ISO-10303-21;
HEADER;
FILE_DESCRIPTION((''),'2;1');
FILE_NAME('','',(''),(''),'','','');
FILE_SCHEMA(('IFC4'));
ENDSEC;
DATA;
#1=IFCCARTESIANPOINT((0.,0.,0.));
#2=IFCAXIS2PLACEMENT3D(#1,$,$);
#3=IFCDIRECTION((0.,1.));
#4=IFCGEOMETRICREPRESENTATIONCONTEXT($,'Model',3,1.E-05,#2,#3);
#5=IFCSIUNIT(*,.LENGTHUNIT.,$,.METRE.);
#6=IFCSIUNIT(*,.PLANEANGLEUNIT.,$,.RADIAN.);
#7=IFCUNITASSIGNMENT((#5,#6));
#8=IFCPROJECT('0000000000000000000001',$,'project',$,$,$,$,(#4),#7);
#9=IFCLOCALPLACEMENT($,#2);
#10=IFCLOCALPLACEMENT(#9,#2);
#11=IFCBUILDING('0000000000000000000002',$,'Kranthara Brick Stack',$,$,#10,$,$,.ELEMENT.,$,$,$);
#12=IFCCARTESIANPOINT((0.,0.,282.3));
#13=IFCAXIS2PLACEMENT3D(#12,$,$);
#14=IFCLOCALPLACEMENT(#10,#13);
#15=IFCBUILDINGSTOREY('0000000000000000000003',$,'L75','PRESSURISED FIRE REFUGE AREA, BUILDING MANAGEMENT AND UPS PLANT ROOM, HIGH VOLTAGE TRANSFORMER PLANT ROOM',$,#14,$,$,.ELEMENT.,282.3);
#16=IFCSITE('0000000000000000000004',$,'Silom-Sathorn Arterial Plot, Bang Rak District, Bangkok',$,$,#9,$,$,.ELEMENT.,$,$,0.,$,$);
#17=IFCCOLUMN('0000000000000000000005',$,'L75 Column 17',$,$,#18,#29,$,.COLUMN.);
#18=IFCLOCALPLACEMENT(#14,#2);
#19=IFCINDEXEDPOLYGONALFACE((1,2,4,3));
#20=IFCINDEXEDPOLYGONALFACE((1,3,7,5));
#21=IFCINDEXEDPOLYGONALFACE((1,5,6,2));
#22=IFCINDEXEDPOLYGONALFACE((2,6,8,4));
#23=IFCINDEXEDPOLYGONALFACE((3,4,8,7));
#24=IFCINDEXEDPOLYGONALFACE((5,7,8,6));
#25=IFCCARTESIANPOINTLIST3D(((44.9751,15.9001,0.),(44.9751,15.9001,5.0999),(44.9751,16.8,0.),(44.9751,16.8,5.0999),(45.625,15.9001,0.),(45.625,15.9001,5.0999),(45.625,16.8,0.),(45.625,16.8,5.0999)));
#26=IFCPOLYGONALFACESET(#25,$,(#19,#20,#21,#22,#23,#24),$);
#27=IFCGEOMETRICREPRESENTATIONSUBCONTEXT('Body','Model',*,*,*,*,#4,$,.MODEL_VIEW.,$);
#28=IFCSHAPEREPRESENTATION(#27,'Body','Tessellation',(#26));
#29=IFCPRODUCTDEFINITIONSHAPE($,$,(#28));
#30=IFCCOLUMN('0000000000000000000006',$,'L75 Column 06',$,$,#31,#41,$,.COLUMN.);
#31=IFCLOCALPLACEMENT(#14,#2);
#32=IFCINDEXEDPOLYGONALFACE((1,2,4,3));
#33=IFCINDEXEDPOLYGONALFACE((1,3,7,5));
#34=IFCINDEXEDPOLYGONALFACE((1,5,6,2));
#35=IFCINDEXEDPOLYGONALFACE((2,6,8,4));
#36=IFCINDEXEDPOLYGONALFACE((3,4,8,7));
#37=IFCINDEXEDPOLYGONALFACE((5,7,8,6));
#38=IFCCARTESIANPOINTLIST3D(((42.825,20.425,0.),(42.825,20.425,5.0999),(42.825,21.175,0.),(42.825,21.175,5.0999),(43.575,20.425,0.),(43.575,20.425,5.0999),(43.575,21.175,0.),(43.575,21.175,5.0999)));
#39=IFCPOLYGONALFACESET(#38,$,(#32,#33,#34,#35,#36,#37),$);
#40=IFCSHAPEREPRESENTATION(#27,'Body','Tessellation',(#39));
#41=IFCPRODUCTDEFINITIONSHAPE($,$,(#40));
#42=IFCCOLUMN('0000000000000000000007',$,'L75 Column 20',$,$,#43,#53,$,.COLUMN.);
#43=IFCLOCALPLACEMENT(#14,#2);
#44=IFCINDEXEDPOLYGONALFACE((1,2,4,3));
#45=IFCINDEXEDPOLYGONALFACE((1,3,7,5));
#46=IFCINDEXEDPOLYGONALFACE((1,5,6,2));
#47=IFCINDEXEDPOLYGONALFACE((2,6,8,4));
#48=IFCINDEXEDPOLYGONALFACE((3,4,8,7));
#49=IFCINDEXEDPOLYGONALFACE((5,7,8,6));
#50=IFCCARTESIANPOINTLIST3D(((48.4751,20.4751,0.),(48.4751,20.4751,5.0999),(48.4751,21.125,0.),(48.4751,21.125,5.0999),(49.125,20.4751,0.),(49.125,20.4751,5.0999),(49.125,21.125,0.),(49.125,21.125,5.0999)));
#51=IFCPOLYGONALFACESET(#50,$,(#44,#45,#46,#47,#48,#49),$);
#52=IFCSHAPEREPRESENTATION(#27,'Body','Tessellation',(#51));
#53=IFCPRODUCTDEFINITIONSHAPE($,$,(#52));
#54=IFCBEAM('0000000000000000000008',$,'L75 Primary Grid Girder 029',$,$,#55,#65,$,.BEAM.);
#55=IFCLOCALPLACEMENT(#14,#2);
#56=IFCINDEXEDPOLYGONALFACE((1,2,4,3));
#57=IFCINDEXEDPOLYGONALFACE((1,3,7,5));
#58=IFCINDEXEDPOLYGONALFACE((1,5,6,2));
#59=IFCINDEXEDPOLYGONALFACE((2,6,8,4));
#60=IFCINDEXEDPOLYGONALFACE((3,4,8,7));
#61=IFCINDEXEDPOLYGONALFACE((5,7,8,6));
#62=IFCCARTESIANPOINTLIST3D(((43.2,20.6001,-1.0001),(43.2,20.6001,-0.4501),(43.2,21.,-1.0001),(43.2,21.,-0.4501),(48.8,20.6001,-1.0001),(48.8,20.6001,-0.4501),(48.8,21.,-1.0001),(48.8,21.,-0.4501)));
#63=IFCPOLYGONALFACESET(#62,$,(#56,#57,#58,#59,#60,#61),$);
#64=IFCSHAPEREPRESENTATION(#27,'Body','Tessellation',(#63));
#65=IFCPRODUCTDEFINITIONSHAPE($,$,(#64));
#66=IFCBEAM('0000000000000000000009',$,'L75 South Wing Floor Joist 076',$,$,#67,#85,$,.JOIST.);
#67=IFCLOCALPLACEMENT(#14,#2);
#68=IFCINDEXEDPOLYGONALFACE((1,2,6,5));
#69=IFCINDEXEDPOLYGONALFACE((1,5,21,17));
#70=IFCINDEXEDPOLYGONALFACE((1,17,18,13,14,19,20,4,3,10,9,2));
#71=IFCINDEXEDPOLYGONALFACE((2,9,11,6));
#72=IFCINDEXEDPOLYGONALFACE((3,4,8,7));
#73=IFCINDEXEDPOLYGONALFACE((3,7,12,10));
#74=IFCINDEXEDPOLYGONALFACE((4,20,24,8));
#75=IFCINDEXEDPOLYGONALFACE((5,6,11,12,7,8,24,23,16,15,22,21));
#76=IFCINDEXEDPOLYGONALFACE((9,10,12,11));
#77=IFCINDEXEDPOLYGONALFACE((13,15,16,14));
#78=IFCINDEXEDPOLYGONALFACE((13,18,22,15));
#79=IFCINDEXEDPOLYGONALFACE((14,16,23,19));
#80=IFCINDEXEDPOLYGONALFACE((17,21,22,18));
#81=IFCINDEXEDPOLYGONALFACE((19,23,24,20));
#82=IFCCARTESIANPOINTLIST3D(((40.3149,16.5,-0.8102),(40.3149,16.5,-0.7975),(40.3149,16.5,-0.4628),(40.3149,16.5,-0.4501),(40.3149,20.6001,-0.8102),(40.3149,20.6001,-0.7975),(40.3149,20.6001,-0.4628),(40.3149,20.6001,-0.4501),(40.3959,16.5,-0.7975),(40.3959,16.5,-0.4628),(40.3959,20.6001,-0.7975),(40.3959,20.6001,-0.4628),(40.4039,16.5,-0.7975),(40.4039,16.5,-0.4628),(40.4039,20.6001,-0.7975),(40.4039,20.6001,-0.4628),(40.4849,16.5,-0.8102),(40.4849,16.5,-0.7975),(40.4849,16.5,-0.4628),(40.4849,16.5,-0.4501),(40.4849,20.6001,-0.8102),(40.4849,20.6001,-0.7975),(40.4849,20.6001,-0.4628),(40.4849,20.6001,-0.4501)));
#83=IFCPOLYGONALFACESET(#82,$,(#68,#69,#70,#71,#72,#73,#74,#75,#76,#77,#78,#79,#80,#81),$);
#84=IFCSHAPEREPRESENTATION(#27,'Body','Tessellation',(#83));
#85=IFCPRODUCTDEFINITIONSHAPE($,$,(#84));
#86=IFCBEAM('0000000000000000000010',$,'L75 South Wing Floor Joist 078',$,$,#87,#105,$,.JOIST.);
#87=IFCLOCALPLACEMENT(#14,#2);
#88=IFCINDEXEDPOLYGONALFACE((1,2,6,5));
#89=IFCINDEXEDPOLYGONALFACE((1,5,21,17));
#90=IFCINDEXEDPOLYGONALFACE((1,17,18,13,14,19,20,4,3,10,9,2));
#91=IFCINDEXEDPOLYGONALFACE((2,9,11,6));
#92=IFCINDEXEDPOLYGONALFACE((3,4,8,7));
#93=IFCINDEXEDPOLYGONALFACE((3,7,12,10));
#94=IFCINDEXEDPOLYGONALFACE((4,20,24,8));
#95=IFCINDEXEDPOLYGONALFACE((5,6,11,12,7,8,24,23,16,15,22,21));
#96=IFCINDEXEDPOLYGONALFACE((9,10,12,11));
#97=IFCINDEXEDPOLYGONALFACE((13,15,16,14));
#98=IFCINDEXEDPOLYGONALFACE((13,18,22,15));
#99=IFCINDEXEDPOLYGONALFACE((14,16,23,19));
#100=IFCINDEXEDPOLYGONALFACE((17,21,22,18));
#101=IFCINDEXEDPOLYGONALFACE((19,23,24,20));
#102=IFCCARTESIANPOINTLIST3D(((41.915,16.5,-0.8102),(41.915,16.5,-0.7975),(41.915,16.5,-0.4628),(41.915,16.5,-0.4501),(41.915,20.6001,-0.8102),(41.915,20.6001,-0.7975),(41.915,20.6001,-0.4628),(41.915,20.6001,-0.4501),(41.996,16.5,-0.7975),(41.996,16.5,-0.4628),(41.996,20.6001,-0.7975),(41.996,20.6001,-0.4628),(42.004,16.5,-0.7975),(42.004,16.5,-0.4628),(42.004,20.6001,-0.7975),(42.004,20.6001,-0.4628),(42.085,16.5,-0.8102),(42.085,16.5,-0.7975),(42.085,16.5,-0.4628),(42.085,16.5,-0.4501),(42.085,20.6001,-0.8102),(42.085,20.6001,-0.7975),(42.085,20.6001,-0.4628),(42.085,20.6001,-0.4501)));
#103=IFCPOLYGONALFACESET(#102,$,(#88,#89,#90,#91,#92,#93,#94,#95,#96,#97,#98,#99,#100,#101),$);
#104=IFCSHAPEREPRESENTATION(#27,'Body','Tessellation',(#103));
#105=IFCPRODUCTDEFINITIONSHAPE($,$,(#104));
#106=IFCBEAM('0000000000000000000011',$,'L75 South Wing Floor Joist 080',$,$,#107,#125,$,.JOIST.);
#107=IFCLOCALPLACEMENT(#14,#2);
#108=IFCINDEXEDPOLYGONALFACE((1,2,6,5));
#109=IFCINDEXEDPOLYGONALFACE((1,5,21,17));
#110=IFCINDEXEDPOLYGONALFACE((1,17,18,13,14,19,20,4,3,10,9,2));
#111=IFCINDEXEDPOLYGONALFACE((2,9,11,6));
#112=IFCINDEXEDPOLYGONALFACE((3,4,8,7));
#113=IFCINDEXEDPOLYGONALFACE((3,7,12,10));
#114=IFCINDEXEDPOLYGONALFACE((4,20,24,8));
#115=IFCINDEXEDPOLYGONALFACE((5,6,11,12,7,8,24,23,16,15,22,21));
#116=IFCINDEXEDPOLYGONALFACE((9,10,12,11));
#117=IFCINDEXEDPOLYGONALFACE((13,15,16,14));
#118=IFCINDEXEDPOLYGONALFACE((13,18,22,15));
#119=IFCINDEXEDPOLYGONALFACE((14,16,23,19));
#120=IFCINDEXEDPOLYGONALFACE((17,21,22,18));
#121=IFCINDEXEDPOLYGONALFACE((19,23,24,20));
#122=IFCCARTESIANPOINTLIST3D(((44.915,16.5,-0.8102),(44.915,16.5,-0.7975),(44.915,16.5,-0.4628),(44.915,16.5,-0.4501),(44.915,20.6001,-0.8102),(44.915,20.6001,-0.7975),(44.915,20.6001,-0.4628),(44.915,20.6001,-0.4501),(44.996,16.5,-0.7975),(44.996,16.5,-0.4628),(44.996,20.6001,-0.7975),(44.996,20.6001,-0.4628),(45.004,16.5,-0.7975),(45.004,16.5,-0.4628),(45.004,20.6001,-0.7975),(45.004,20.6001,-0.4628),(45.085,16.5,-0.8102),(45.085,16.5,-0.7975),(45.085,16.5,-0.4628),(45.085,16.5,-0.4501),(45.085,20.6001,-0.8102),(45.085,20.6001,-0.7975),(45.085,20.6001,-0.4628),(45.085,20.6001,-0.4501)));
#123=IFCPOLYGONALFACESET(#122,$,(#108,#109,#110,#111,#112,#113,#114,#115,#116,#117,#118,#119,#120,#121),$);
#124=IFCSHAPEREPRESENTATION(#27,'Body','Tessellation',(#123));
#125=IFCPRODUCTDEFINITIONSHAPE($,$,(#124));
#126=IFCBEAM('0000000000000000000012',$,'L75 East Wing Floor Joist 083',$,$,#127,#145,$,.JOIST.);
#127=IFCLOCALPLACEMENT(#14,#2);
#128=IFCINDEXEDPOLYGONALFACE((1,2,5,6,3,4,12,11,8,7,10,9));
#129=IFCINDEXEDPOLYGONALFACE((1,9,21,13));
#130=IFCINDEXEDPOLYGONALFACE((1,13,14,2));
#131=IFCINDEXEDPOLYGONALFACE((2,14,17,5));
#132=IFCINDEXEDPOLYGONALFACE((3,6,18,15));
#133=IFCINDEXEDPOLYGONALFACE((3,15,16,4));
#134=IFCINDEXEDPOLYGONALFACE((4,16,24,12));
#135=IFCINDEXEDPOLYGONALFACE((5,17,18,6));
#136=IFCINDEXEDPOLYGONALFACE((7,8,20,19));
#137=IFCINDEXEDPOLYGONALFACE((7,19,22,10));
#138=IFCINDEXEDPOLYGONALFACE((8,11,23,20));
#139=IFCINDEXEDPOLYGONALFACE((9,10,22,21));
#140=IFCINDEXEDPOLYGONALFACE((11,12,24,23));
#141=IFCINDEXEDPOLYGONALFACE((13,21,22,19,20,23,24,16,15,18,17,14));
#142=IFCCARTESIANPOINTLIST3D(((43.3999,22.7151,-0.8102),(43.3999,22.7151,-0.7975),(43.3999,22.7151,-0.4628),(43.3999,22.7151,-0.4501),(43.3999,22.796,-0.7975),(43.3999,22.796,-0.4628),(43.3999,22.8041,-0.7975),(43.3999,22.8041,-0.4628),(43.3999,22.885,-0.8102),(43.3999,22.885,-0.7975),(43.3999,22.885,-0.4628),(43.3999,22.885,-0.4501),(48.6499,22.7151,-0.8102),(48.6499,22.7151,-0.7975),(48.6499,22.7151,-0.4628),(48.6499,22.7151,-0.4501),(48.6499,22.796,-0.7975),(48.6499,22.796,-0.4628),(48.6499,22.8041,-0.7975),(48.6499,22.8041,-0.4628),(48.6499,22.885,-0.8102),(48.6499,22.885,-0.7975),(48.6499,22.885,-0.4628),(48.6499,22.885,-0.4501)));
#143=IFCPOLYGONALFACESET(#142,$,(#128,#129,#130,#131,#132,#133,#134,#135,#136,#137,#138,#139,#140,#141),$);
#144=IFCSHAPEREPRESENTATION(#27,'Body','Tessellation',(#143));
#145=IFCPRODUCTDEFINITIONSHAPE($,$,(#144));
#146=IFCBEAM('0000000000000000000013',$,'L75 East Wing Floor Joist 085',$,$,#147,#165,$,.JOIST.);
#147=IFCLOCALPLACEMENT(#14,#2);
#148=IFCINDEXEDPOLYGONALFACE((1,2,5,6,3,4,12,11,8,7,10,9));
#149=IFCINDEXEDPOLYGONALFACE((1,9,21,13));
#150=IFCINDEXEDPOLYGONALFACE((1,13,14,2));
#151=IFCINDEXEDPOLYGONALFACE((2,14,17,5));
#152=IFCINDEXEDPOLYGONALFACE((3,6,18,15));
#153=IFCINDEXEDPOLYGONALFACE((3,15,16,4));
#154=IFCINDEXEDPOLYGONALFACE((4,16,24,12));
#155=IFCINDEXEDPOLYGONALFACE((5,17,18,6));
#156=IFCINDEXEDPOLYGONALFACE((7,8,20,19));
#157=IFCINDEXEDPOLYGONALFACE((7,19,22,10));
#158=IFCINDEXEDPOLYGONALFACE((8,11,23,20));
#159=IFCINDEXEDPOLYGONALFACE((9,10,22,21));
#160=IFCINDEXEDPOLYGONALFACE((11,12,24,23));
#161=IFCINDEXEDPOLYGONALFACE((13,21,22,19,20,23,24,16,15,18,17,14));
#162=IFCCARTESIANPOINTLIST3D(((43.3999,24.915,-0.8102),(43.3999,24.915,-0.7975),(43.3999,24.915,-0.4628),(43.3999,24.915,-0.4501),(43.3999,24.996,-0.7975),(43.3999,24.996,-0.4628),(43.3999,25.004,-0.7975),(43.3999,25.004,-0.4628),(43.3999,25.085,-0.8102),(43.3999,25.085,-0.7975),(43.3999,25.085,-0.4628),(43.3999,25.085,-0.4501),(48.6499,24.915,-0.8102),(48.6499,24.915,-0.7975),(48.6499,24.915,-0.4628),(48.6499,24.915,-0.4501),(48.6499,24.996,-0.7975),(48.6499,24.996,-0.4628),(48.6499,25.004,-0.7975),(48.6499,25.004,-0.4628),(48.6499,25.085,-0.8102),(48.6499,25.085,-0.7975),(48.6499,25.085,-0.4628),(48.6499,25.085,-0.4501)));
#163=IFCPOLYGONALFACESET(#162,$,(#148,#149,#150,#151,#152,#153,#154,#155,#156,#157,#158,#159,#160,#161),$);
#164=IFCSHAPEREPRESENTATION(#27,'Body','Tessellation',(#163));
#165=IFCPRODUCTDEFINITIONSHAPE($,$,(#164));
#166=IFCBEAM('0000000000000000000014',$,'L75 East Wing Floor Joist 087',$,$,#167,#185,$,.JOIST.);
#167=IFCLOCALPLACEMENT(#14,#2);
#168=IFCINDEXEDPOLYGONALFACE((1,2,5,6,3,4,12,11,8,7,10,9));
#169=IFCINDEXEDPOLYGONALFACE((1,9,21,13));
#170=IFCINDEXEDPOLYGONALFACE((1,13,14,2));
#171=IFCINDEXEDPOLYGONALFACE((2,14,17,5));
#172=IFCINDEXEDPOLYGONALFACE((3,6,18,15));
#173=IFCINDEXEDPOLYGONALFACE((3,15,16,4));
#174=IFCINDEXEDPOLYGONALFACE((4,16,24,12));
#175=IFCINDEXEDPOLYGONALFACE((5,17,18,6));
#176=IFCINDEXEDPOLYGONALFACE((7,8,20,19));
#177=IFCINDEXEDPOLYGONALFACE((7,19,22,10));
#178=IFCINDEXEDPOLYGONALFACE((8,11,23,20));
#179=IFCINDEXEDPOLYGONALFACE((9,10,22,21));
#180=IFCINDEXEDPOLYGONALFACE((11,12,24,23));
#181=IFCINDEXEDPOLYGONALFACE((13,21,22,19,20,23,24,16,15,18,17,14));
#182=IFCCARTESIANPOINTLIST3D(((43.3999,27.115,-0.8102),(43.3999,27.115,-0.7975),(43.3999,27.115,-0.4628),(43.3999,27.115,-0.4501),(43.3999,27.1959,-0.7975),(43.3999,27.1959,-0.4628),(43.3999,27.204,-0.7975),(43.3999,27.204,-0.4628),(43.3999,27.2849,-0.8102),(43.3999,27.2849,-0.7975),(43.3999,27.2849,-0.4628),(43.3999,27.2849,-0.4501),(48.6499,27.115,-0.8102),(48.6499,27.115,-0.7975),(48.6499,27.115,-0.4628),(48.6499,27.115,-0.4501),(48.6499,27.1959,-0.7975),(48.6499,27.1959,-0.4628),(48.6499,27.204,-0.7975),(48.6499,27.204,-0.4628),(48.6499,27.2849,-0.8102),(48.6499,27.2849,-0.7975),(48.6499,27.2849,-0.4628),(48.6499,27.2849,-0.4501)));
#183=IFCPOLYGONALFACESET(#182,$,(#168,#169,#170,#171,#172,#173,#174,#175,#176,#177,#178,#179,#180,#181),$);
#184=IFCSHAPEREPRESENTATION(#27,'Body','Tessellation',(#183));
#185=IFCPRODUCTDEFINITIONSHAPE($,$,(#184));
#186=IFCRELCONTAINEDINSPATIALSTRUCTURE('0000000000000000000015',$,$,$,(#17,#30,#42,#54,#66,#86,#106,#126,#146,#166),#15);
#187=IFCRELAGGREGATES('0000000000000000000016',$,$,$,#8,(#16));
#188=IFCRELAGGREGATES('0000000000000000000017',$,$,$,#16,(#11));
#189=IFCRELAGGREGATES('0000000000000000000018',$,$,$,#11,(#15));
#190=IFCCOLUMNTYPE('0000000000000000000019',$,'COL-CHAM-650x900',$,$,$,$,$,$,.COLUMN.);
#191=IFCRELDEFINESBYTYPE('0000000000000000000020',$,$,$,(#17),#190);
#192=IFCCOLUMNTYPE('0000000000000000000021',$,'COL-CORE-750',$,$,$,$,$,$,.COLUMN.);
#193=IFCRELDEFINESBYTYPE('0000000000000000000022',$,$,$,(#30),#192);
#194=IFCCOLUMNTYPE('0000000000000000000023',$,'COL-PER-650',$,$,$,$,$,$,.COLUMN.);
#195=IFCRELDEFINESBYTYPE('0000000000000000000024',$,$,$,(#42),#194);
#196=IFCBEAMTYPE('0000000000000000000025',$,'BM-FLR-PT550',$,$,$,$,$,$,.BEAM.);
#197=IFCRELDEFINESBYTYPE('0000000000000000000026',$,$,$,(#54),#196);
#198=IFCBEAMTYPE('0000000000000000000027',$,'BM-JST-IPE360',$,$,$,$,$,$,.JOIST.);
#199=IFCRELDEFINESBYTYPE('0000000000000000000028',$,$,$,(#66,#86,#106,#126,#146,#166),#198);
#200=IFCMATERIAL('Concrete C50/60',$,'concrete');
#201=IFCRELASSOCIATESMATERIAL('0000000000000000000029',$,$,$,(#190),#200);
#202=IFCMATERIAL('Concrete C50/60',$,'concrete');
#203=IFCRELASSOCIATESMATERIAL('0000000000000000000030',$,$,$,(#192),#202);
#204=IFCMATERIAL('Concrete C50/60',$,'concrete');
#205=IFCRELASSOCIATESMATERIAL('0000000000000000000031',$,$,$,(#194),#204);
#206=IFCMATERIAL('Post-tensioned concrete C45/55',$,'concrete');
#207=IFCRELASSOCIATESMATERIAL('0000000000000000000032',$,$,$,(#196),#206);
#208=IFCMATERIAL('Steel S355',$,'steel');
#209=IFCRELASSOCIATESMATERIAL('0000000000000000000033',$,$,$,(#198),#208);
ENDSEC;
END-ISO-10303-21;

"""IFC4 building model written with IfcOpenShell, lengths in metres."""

from ifc_helpers import new_model, si_unit, direction, frame, origin, origin_2d, place, context, subcontext, project, spatial, rectangle, i_section, extrude, material, material_profile, profile_set, type_object, element, save


model = new_model("IFC4")

# Units and contexts
model_context = context("Model", 3, precision=1e-05, world=origin(), true_north=direction((0.0, 1.0)))
body_context = subcontext(model_context, "Body", "Model", "MODEL_VIEW")
ifc_project = project(units=[si_unit("LENGTHUNIT", "METRE"), si_unit("PLANEANGLEUNIT", "RADIAN")], contexts=[model_context])

# Site, building, storey
site_placement = place(None, origin())
site = spatial("IfcSite", under=ifc_project, at=site_placement, Name="Silom-Sathorn Arterial Plot, Bang Rak District, Bangkok", CompositionType="ELEMENT", RefElevation=0.0)
building_placement = place(site_placement, origin())
building = spatial("IfcBuilding", under=site, at=building_placement, Name="Kranthara Brick Stack", CompositionType="ELEMENT")
storey_placement = place(building_placement, frame((0.0, 0.0, 282.3)))
storey = spatial("IfcBuildingStorey", under=building, at=storey_placement, Name="L75", Description="PRESSURISED FIRE REFUGE AREA, BUILDING MANAGEMENT AND UPS PLANT ROOM, HIGH VOLTAGE TRANSFORMER PLANT ROOM", CompositionType="ELEMENT", Elevation=282.3)

# Columns
ifc_material_1 = material(Name="Concrete C50/60", Category="concrete")
ifc_material_profile_1 = material_profile(ifc_material_1, rectangle(XDim=0.6499, YDim=0.8999, at=origin_2d()), Name="RC 650x900")
ifc_profile_set_1 = profile_set([ifc_material_profile_1], Name="Concrete C50/60")
column_type_1 = type_object("IfcColumnType", Name="COL-CHAM-650x900", PredefinedType="COLUMN", material=ifc_profile_set_1)
column_1_placement = place(storey_placement, frame((45.3, 16.3501, 0.0), z_axis=(0.0, 0.0, 1.0), x_axis=(1.0, 0.0, 0.0)))
element("IfcColumn", 1, at=column_1_placement, inside=storey, type_object=column_type_1, Name="L75 Column 17", PredefinedType="COLUMN", context=body_context, shape_type="SweptSolid", body=[
    extrude(rectangle(XDim=0.6499, YDim=0.8999, at=origin_2d()), origin(), (0.0, 0.0, 1.0), 5.0999),
])
ifc_material_2 = material(Name="Concrete C50/60", Category="concrete")
ifc_material_profile_2 = material_profile(ifc_material_2, rectangle(XDim=0.75, YDim=0.75, at=origin_2d()), Name="RC 750x750")
ifc_profile_set_2 = profile_set([ifc_material_profile_2], Name="Concrete C50/60")
column_type_2 = type_object("IfcColumnType", Name="COL-CORE-750", PredefinedType="COLUMN", material=ifc_profile_set_2)
column_2_placement = place(storey_placement, frame((43.2, 20.8, 0.0), z_axis=(0.0, 0.0, 1.0), x_axis=(1.0, 0.0, 0.0)))
element("IfcColumn", 2, at=column_2_placement, inside=storey, type_object=column_type_2, Name="L75 Column 06", PredefinedType="COLUMN", context=body_context, shape_type="SweptSolid", body=[
    extrude(rectangle(XDim=0.75, YDim=0.75, at=origin_2d()), origin(), (0.0, 0.0, 1.0), 5.0999),
])
ifc_material_3 = material(Name="Concrete C50/60", Category="concrete")
ifc_material_profile_3 = material_profile(ifc_material_3, rectangle(XDim=0.6499, YDim=0.6499, at=origin_2d()), Name="RC 650x650")
ifc_profile_set_3 = profile_set([ifc_material_profile_3], Name="Concrete C50/60")
column_type_3 = type_object("IfcColumnType", Name="COL-PER-650", PredefinedType="COLUMN", material=ifc_profile_set_3)
column_3_placement = place(storey_placement, frame((48.8, 20.8, 0.0), z_axis=(0.0, 0.0, 1.0), x_axis=(1.0, 0.0, 0.0)))
element("IfcColumn", 3, at=column_3_placement, inside=storey, type_object=column_type_3, Name="L75 Column 20", PredefinedType="COLUMN", context=body_context, shape_type="SweptSolid", body=[
    extrude(rectangle(XDim=0.6499, YDim=0.6499, at=origin_2d()), origin(), (0.0, 0.0, 1.0), 5.0999),
])

# Beams
ifc_material_4 = material(Name="Post-tensioned concrete C45/55", Category="concrete")
ifc_material_profile_4 = material_profile(ifc_material_4, rectangle(XDim=0.3999, YDim=0.55, at=origin_2d()), Name="PT 400x550")
ifc_profile_set_4 = profile_set([ifc_material_profile_4], Name="Post-tensioned concrete C45/55")
beam_type_1 = type_object("IfcBeamType", Name="BM-FLR-PT550", PredefinedType="BEAM", material=ifc_profile_set_4)
beam_1_placement = place(storey_placement, frame((43.2, 20.8, -0.7251), z_axis=(1.0, 0.0, 0.0), x_axis=(0.0, 1.0, 0.0)))
element("IfcBeam", 4, at=beam_1_placement, inside=storey, type_object=beam_type_1, Name="L75 Primary Grid Girder 029", PredefinedType="BEAM", context=body_context, shape_type="SweptSolid", body=[
    extrude(rectangle(XDim=0.3999, YDim=0.55, at=origin_2d()), origin(), (0.0, 0.0, 1.0), 5.6001),
])
ifc_material_5 = material(Name="Steel S355", Category="steel")
ifc_material_profile_5 = material_profile(ifc_material_5, i_section(OverallWidth=0.1699, OverallDepth=0.3601, WebThickness=0.0081, FlangeThickness=0.0127, at=origin_2d()), Name="IPE 360")
ifc_profile_set_5 = profile_set([ifc_material_profile_5], Name="Steel S355")
beam_type_2 = type_object("IfcBeamType", Name="BM-JST-IPE360", PredefinedType="JOIST", material=ifc_profile_set_5)
for number, where, z_axis, x_axis, name in (
    (5, (40.3999, 16.5, -0.6301), (0.0, 1.0, 0.0), (-1.0, 0.0, 0.0), "L75 South Wing Floor Joist 076"),
    (6, (42.0, 16.5, -0.6301), (0.0, 1.0, 0.0), (-1.0, 0.0, 0.0), "L75 South Wing Floor Joist 078"),
    (7, (45.0, 16.5, -0.6301), (0.0, 1.0, 0.0), (-1.0, 0.0, 0.0), "L75 South Wing Floor Joist 080"),
):
    element("IfcBeam", number, at=place(storey_placement, frame(where, z_axis=z_axis, x_axis=x_axis)), inside=storey, type_object=beam_type_2, Name=name, PredefinedType="JOIST", context=body_context, shape_type="SweptSolid", body=[
        extrude(i_section(OverallWidth=0.1699, OverallDepth=0.3601, WebThickness=0.0081, FlangeThickness=0.0127, at=origin_2d()), origin(), (0.0, 0.0, 1.0), 4.1001),
    ])
for number, where, z_axis, x_axis, name in (
    (8, (43.3999, 22.8, -0.6301), (1.0, 0.0, 0.0), (0.0, 1.0, 0.0), "L75 East Wing Floor Joist 083"),
    (9, (43.3999, 25.0, -0.6301), (1.0, 0.0, 0.0), (0.0, 1.0, 0.0), "L75 East Wing Floor Joist 085"),
    (10, (43.3999, 27.2, -0.6301), (1.0, 0.0, 0.0), (0.0, 1.0, 0.0), "L75 East Wing Floor Joist 087"),
):
    element("IfcBeam", number, at=place(storey_placement, frame(where, z_axis=z_axis, x_axis=x_axis)), inside=storey, type_object=beam_type_2, Name=name, PredefinedType="JOIST", context=body_context, shape_type="SweptSolid", body=[
        extrude(i_section(OverallWidth=0.1699, OverallDepth=0.3601, WebThickness=0.0081, FlangeThickness=0.0127, at=origin_2d()), origin(), (0.0, 0.0, 1.0), 5.25),
    ])

save(model, "model.ifc")
